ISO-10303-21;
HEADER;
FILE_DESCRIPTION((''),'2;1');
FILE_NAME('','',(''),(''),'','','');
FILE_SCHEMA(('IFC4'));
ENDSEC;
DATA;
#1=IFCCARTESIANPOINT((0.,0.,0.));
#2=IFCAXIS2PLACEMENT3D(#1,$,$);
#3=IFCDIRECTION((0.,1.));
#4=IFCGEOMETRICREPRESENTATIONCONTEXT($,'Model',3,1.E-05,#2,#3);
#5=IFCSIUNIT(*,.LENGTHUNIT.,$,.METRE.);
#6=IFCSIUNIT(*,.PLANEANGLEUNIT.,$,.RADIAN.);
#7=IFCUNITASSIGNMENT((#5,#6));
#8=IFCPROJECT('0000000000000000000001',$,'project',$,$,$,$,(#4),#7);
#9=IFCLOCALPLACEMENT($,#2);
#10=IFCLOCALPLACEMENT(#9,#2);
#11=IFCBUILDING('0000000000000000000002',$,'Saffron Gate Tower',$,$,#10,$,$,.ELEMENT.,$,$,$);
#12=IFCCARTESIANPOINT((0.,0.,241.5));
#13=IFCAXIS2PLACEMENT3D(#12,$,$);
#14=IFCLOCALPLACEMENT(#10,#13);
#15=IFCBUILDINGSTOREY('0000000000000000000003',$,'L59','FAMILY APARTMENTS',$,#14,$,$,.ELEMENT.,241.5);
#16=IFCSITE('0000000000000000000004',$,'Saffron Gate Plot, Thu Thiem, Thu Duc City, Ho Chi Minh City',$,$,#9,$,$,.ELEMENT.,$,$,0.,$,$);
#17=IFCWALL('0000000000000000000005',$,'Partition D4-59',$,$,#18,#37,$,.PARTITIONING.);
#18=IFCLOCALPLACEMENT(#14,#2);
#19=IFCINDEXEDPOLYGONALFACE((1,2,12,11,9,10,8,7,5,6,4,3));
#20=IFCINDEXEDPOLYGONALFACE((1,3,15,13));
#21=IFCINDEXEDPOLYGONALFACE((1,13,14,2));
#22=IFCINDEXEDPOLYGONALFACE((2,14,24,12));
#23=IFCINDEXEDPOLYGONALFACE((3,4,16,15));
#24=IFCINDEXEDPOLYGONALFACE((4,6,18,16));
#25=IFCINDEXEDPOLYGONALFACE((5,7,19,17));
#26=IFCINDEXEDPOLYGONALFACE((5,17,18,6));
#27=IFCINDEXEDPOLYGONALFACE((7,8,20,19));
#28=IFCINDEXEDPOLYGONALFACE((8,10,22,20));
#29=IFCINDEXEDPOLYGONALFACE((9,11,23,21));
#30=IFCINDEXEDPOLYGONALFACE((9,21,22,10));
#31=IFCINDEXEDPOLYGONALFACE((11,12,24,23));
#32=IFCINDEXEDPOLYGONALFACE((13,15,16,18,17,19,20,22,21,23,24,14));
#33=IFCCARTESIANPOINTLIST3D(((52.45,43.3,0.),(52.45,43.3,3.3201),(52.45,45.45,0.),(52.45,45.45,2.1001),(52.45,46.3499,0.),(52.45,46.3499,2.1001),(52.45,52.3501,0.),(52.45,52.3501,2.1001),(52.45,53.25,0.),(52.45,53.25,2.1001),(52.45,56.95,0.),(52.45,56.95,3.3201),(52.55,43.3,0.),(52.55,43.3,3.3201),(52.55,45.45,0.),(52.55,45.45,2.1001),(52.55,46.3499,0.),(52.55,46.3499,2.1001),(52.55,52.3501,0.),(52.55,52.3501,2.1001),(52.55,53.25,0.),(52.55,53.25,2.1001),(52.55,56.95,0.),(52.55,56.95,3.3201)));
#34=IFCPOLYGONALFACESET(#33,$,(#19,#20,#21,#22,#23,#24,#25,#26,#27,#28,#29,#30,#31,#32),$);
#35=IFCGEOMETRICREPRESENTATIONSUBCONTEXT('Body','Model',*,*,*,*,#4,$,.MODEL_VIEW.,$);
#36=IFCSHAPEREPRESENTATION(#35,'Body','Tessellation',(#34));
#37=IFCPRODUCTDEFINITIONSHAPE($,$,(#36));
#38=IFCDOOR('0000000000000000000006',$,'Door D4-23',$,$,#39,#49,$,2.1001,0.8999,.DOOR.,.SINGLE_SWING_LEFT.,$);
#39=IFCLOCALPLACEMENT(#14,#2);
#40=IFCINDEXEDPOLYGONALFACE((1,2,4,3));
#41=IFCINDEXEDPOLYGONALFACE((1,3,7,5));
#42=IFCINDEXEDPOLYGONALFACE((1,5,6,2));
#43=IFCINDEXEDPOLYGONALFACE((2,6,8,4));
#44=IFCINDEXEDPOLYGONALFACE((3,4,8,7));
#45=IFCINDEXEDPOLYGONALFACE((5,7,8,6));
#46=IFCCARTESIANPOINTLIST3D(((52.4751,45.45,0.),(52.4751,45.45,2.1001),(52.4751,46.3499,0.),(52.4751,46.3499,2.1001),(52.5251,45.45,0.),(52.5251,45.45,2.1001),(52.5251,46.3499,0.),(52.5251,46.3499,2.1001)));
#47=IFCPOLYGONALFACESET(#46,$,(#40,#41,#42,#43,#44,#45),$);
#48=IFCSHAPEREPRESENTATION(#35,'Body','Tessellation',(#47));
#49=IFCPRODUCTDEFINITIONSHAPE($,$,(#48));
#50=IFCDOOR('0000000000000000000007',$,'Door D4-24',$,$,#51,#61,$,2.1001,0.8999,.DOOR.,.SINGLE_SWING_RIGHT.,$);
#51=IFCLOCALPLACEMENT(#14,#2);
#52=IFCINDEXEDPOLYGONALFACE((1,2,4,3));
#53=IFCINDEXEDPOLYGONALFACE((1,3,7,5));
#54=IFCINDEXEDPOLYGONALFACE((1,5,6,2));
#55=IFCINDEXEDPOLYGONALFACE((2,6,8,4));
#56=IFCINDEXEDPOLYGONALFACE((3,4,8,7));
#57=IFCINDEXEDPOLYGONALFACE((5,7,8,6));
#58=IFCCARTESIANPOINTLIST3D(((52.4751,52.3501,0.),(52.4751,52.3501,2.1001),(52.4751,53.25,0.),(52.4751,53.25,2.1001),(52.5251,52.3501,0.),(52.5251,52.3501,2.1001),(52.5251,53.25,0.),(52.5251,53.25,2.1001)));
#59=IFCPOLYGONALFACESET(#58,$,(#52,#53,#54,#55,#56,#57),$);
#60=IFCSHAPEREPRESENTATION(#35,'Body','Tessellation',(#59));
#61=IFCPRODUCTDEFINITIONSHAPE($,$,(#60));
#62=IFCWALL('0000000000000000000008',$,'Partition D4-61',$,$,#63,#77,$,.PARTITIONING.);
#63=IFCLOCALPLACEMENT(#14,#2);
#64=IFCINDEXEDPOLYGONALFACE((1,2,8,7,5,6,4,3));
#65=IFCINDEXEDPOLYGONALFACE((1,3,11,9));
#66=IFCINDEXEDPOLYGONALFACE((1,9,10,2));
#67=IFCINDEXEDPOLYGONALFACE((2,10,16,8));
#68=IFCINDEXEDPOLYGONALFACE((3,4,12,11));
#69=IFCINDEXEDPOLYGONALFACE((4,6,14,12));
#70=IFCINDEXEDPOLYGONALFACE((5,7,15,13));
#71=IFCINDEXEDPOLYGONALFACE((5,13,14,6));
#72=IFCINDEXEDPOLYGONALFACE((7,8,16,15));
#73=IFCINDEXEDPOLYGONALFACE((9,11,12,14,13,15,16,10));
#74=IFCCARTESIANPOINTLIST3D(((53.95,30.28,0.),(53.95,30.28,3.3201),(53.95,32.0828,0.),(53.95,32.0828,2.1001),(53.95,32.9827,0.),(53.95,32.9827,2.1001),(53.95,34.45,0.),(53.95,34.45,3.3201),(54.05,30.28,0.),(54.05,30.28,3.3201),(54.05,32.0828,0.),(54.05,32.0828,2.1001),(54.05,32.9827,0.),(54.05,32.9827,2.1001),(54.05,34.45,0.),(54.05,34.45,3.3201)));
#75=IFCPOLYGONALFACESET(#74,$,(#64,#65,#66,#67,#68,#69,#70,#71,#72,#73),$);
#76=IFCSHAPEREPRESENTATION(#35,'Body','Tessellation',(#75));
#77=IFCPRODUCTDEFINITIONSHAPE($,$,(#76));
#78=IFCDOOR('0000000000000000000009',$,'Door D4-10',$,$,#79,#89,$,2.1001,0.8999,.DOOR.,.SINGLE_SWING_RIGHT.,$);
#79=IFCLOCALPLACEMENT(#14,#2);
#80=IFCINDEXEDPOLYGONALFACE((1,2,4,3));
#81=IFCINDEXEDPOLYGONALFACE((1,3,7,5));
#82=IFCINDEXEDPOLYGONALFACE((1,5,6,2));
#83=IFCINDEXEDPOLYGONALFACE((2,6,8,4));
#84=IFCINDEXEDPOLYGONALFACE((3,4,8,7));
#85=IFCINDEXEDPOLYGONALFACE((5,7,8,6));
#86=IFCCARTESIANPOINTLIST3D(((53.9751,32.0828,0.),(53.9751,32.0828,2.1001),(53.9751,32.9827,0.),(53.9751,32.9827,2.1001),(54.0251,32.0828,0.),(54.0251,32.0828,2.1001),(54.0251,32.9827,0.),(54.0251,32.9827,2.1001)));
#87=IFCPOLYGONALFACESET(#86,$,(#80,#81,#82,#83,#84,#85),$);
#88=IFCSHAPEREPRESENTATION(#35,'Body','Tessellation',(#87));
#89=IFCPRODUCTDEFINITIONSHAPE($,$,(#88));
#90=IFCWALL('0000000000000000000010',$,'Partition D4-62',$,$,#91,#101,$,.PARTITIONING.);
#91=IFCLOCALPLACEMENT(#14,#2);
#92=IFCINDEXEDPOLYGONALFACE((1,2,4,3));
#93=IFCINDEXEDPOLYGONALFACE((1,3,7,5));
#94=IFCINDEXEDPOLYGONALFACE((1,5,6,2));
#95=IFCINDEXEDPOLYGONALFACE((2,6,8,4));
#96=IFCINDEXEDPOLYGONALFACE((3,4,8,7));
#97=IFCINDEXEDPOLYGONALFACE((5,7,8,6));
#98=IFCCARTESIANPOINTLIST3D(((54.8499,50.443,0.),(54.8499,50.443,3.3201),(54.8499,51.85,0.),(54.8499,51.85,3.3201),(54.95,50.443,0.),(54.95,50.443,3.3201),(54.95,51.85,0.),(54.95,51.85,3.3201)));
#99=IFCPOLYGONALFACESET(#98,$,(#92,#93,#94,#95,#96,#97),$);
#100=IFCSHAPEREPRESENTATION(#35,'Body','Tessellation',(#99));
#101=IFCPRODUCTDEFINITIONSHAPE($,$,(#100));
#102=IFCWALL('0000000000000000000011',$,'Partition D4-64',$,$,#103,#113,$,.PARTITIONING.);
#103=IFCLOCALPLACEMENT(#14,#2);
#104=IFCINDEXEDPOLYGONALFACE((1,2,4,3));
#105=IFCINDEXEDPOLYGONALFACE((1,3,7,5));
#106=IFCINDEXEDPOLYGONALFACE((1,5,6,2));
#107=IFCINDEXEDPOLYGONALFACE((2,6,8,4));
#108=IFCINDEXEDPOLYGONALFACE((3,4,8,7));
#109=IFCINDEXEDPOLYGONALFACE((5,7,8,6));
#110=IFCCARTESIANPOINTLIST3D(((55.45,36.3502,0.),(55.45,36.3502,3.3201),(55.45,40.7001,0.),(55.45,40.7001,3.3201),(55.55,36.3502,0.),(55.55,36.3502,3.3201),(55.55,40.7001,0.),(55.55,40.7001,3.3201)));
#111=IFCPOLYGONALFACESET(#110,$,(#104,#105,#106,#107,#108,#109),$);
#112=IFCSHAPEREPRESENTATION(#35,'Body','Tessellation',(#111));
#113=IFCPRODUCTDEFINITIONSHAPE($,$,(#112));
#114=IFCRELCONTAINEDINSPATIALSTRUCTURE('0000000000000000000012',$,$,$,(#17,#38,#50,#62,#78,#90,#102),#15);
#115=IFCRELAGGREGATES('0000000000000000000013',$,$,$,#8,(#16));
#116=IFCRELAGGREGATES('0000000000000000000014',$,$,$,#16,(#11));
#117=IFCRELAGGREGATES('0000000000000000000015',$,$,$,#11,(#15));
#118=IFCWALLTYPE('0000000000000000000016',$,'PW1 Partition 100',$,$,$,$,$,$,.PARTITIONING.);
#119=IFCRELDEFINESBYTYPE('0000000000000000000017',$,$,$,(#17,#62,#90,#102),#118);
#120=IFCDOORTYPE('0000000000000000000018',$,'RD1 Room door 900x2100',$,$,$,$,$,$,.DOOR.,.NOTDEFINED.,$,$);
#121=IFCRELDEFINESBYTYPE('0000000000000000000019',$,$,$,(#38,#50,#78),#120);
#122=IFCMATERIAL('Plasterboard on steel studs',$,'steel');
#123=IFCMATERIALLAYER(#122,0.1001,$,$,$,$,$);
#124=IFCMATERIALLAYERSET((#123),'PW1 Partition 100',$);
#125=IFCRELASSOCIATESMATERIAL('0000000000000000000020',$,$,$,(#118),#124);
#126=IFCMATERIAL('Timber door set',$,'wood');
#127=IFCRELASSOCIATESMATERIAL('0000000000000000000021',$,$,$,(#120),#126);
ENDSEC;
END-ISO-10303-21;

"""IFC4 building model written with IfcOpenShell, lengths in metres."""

from ifc_helpers import new_model, si_unit, direction, frame, frame_2d, origin, place, context, subcontext, project, spatial, rectangle, extrude, material, layer, layer_set, type_object, element, fill, save


model = new_model("IFC4")

# Units and contexts
model_context = context("Model", 3, precision=1e-05, world=origin(), true_north=direction((0.0, 1.0)))
body_context = subcontext(model_context, "Body", "Model", "MODEL_VIEW")
ifc_project = project(units=[si_unit("LENGTHUNIT", "METRE"), si_unit("PLANEANGLEUNIT", "RADIAN")], contexts=[model_context])

# Site, building, storey
site_placement = place(None, origin())
site = spatial("IfcSite", under=ifc_project, at=site_placement, Name="Saffron Gate Plot, Thu Thiem, Thu Duc City, Ho Chi Minh City", CompositionType="ELEMENT", RefElevation=0.0)
building_placement = place(site_placement, origin())
building = spatial("IfcBuilding", under=site, at=building_placement, Name="Saffron Gate Tower", CompositionType="ELEMENT")
storey_placement = place(building_placement, frame((0.0, 0.0, 241.5)))
storey = spatial("IfcBuildingStorey", under=building, at=storey_placement, Name="L59", Description="FAMILY APARTMENTS", CompositionType="ELEMENT", Elevation=241.5)

# Shared definitions
ifc_material_1 = material(Name="Plasterboard on steel studs", Category="steel")
ifc_layer_1 = layer(ifc_material_1, 0.1001)
ifc_layer_set_1 = layer_set([ifc_layer_1], Name="PW1 Partition 100")
wall_type = type_object("IfcWallType", Name="PW1 Partition 100", PredefinedType="PARTITIONING", material=ifc_layer_set_1)

# Wall, openings, doors
wall_1_placement = place(storey_placement, frame((52.5, 43.3, 0.0), z_axis=(0.0, 0.0, 1.0), x_axis=(0.0, 1.0, 0.0)))
wall_1 = element("IfcWall", 1, at=wall_1_placement, inside=storey, type_object=wall_type, Name="Partition D4-59", PredefinedType="PARTITIONING", context=body_context, shape_type="SweptSolid", body=[
    extrude(rectangle(XDim=13.6499, YDim=0.1001, at=frame_2d((6.825, 0.0))), origin(), (0.0, 0.0, 1.0), 3.3201),
])
opening_1_placement = place(wall_1_placement, frame((2.1499, 0.0, 0.0)))
opening_1 = element("IfcOpeningElement", 2, at=opening_1_placement, cuts=wall_1, PredefinedType="OPENING", context=body_context, shape_type="SweptSolid", body=[
    extrude(rectangle(XDim=0.8999, YDim=2.1001, at=frame_2d((0.45, 1.05))), frame((0.0, 0.0601, 0.0), z_axis=(0.0, -1.0, 0.0), x_axis=(1.0, 0.0, 0.0)), (0.0, 0.0, 1.0), 0.1201),
])
opening_2_placement = place(wall_1_placement, frame((9.05, 0.0, 0.0)))
opening_2 = element("IfcOpeningElement", 3, at=opening_2_placement, cuts=wall_1, PredefinedType="OPENING", context=body_context, shape_type="SweptSolid", body=[
    extrude(rectangle(XDim=0.8999, YDim=2.1001, at=frame_2d((0.45, 1.05))), frame((0.0, 0.0601, 0.0), z_axis=(0.0, -1.0, 0.0), x_axis=(1.0, 0.0, 0.0)), (0.0, 0.0, 1.0), 0.1201),
])
ifc_material_2 = material(Name="Timber door set", Category="wood")
door_type = type_object("IfcDoorType", Name="RD1 Room door 900x2100", OperationType="NOTDEFINED", PredefinedType="DOOR", material=ifc_material_2)
door_1_placement = place(opening_1_placement, origin())
door_1 = element("IfcDoor", 4, at=door_1_placement, inside=storey, type_object=door_type, Name="Door D4-23", OperationType="SINGLE_SWING_LEFT", OverallHeight=2.1001, OverallWidth=0.8999, PredefinedType="DOOR", context=body_context, shape_type="SweptSolid", body=[
    extrude(rectangle(XDim=0.8999, YDim=2.1001, at=frame_2d((0.45, 1.05))), frame((0.0, 0.0249, 0.0), z_axis=(0.0, -1.0, 0.0), x_axis=(1.0, 0.0, 0.0)), (0.0, 0.0, 1.0), 0.05),
])
fill(opening_1, door_1)
door_2_placement = place(opening_2_placement, origin())
door_2 = element("IfcDoor", 5, at=door_2_placement, inside=storey, type_object=door_type, Name="Door D4-24", OperationType="SINGLE_SWING_RIGHT", OverallHeight=2.1001, OverallWidth=0.8999, PredefinedType="DOOR", context=body_context, shape_type="SweptSolid", body=[
    extrude(rectangle(XDim=0.8999, YDim=2.1001, at=frame_2d((0.45, 1.05))), frame((0.0, 0.0249, 0.0), z_axis=(0.0, -1.0, 0.0), x_axis=(1.0, 0.0, 0.0)), (0.0, 0.0, 1.0), 0.05),
])
fill(opening_2, door_2)

# Wall, opening, door
wall_2_placement = place(storey_placement, frame((54.0, 30.28, 0.0), z_axis=(0.0, 0.0, 1.0), x_axis=(0.0, 1.0, 0.0)))
wall_2 = element("IfcWall", 6, at=wall_2_placement, inside=storey, type_object=wall_type, Name="Partition D4-61", PredefinedType="PARTITIONING", context=body_context, shape_type="SweptSolid", body=[
    extrude(rectangle(XDim=4.1699, YDim=0.1001, at=frame_2d((2.085, 0.0))), origin(), (0.0, 0.0, 1.0), 3.3201),
])
opening_3_placement = place(wall_2_placement, frame((1.8027, 0.0, 0.0)))
opening_3 = element("IfcOpeningElement", 7, at=opening_3_placement, cuts=wall_2, PredefinedType="OPENING", context=body_context, shape_type="SweptSolid", body=[
    extrude(rectangle(XDim=0.8999, YDim=2.1001, at=frame_2d((0.45, 1.05))), frame((0.0, 0.0601, 0.0), z_axis=(0.0, -1.0, 0.0), x_axis=(1.0, 0.0, 0.0)), (0.0, 0.0, 1.0), 0.1201),
])
door_3_placement = place(opening_3_placement, origin())
door_3 = element("IfcDoor", 8, at=door_3_placement, inside=storey, type_object=door_type, Name="Door D4-10", OperationType="SINGLE_SWING_RIGHT", OverallHeight=2.1001, OverallWidth=0.8999, PredefinedType="DOOR", context=body_context, shape_type="SweptSolid", body=[
    extrude(rectangle(XDim=0.8999, YDim=2.1001, at=frame_2d((0.45, 1.05))), frame((0.0, 0.0249, 0.0), z_axis=(0.0, -1.0, 0.0), x_axis=(1.0, 0.0, 0.0)), (0.0, 0.0, 1.0), 0.05),
])
fill(opening_3, door_3)

# Walls
wall_3_placement = place(storey_placement, frame((54.8999, 51.8501, 0.0), z_axis=(0.0, 0.0, 1.0), x_axis=(0.0, -1.0, 0.0)))
element("IfcWall", 9, at=wall_3_placement, inside=storey, type_object=wall_type, Name="Partition D4-62", PredefinedType="PARTITIONING", context=body_context, shape_type="SweptSolid", body=[
    extrude(rectangle(XDim=1.407, YDim=0.1001, at=frame_2d((0.7036, 0.0))), origin(), (0.0, 0.0, 1.0), 3.3201),
])
wall_4_placement = place(storey_placement, frame((55.5, 40.7, 0.0), z_axis=(0.0, 0.0, 1.0), x_axis=(0.0, -1.0, 0.0)))
element("IfcWall", 10, at=wall_4_placement, inside=storey, type_object=wall_type, Name="Partition D4-64", PredefinedType="PARTITIONING", context=body_context, shape_type="SweptSolid", body=[
    extrude(rectangle(XDim=4.3499, YDim=0.1001, at=frame_2d((2.1748, 0.0))), origin(), (0.0, 0.0, 1.0), 3.3201),
])

save(model, "model.ifc")
